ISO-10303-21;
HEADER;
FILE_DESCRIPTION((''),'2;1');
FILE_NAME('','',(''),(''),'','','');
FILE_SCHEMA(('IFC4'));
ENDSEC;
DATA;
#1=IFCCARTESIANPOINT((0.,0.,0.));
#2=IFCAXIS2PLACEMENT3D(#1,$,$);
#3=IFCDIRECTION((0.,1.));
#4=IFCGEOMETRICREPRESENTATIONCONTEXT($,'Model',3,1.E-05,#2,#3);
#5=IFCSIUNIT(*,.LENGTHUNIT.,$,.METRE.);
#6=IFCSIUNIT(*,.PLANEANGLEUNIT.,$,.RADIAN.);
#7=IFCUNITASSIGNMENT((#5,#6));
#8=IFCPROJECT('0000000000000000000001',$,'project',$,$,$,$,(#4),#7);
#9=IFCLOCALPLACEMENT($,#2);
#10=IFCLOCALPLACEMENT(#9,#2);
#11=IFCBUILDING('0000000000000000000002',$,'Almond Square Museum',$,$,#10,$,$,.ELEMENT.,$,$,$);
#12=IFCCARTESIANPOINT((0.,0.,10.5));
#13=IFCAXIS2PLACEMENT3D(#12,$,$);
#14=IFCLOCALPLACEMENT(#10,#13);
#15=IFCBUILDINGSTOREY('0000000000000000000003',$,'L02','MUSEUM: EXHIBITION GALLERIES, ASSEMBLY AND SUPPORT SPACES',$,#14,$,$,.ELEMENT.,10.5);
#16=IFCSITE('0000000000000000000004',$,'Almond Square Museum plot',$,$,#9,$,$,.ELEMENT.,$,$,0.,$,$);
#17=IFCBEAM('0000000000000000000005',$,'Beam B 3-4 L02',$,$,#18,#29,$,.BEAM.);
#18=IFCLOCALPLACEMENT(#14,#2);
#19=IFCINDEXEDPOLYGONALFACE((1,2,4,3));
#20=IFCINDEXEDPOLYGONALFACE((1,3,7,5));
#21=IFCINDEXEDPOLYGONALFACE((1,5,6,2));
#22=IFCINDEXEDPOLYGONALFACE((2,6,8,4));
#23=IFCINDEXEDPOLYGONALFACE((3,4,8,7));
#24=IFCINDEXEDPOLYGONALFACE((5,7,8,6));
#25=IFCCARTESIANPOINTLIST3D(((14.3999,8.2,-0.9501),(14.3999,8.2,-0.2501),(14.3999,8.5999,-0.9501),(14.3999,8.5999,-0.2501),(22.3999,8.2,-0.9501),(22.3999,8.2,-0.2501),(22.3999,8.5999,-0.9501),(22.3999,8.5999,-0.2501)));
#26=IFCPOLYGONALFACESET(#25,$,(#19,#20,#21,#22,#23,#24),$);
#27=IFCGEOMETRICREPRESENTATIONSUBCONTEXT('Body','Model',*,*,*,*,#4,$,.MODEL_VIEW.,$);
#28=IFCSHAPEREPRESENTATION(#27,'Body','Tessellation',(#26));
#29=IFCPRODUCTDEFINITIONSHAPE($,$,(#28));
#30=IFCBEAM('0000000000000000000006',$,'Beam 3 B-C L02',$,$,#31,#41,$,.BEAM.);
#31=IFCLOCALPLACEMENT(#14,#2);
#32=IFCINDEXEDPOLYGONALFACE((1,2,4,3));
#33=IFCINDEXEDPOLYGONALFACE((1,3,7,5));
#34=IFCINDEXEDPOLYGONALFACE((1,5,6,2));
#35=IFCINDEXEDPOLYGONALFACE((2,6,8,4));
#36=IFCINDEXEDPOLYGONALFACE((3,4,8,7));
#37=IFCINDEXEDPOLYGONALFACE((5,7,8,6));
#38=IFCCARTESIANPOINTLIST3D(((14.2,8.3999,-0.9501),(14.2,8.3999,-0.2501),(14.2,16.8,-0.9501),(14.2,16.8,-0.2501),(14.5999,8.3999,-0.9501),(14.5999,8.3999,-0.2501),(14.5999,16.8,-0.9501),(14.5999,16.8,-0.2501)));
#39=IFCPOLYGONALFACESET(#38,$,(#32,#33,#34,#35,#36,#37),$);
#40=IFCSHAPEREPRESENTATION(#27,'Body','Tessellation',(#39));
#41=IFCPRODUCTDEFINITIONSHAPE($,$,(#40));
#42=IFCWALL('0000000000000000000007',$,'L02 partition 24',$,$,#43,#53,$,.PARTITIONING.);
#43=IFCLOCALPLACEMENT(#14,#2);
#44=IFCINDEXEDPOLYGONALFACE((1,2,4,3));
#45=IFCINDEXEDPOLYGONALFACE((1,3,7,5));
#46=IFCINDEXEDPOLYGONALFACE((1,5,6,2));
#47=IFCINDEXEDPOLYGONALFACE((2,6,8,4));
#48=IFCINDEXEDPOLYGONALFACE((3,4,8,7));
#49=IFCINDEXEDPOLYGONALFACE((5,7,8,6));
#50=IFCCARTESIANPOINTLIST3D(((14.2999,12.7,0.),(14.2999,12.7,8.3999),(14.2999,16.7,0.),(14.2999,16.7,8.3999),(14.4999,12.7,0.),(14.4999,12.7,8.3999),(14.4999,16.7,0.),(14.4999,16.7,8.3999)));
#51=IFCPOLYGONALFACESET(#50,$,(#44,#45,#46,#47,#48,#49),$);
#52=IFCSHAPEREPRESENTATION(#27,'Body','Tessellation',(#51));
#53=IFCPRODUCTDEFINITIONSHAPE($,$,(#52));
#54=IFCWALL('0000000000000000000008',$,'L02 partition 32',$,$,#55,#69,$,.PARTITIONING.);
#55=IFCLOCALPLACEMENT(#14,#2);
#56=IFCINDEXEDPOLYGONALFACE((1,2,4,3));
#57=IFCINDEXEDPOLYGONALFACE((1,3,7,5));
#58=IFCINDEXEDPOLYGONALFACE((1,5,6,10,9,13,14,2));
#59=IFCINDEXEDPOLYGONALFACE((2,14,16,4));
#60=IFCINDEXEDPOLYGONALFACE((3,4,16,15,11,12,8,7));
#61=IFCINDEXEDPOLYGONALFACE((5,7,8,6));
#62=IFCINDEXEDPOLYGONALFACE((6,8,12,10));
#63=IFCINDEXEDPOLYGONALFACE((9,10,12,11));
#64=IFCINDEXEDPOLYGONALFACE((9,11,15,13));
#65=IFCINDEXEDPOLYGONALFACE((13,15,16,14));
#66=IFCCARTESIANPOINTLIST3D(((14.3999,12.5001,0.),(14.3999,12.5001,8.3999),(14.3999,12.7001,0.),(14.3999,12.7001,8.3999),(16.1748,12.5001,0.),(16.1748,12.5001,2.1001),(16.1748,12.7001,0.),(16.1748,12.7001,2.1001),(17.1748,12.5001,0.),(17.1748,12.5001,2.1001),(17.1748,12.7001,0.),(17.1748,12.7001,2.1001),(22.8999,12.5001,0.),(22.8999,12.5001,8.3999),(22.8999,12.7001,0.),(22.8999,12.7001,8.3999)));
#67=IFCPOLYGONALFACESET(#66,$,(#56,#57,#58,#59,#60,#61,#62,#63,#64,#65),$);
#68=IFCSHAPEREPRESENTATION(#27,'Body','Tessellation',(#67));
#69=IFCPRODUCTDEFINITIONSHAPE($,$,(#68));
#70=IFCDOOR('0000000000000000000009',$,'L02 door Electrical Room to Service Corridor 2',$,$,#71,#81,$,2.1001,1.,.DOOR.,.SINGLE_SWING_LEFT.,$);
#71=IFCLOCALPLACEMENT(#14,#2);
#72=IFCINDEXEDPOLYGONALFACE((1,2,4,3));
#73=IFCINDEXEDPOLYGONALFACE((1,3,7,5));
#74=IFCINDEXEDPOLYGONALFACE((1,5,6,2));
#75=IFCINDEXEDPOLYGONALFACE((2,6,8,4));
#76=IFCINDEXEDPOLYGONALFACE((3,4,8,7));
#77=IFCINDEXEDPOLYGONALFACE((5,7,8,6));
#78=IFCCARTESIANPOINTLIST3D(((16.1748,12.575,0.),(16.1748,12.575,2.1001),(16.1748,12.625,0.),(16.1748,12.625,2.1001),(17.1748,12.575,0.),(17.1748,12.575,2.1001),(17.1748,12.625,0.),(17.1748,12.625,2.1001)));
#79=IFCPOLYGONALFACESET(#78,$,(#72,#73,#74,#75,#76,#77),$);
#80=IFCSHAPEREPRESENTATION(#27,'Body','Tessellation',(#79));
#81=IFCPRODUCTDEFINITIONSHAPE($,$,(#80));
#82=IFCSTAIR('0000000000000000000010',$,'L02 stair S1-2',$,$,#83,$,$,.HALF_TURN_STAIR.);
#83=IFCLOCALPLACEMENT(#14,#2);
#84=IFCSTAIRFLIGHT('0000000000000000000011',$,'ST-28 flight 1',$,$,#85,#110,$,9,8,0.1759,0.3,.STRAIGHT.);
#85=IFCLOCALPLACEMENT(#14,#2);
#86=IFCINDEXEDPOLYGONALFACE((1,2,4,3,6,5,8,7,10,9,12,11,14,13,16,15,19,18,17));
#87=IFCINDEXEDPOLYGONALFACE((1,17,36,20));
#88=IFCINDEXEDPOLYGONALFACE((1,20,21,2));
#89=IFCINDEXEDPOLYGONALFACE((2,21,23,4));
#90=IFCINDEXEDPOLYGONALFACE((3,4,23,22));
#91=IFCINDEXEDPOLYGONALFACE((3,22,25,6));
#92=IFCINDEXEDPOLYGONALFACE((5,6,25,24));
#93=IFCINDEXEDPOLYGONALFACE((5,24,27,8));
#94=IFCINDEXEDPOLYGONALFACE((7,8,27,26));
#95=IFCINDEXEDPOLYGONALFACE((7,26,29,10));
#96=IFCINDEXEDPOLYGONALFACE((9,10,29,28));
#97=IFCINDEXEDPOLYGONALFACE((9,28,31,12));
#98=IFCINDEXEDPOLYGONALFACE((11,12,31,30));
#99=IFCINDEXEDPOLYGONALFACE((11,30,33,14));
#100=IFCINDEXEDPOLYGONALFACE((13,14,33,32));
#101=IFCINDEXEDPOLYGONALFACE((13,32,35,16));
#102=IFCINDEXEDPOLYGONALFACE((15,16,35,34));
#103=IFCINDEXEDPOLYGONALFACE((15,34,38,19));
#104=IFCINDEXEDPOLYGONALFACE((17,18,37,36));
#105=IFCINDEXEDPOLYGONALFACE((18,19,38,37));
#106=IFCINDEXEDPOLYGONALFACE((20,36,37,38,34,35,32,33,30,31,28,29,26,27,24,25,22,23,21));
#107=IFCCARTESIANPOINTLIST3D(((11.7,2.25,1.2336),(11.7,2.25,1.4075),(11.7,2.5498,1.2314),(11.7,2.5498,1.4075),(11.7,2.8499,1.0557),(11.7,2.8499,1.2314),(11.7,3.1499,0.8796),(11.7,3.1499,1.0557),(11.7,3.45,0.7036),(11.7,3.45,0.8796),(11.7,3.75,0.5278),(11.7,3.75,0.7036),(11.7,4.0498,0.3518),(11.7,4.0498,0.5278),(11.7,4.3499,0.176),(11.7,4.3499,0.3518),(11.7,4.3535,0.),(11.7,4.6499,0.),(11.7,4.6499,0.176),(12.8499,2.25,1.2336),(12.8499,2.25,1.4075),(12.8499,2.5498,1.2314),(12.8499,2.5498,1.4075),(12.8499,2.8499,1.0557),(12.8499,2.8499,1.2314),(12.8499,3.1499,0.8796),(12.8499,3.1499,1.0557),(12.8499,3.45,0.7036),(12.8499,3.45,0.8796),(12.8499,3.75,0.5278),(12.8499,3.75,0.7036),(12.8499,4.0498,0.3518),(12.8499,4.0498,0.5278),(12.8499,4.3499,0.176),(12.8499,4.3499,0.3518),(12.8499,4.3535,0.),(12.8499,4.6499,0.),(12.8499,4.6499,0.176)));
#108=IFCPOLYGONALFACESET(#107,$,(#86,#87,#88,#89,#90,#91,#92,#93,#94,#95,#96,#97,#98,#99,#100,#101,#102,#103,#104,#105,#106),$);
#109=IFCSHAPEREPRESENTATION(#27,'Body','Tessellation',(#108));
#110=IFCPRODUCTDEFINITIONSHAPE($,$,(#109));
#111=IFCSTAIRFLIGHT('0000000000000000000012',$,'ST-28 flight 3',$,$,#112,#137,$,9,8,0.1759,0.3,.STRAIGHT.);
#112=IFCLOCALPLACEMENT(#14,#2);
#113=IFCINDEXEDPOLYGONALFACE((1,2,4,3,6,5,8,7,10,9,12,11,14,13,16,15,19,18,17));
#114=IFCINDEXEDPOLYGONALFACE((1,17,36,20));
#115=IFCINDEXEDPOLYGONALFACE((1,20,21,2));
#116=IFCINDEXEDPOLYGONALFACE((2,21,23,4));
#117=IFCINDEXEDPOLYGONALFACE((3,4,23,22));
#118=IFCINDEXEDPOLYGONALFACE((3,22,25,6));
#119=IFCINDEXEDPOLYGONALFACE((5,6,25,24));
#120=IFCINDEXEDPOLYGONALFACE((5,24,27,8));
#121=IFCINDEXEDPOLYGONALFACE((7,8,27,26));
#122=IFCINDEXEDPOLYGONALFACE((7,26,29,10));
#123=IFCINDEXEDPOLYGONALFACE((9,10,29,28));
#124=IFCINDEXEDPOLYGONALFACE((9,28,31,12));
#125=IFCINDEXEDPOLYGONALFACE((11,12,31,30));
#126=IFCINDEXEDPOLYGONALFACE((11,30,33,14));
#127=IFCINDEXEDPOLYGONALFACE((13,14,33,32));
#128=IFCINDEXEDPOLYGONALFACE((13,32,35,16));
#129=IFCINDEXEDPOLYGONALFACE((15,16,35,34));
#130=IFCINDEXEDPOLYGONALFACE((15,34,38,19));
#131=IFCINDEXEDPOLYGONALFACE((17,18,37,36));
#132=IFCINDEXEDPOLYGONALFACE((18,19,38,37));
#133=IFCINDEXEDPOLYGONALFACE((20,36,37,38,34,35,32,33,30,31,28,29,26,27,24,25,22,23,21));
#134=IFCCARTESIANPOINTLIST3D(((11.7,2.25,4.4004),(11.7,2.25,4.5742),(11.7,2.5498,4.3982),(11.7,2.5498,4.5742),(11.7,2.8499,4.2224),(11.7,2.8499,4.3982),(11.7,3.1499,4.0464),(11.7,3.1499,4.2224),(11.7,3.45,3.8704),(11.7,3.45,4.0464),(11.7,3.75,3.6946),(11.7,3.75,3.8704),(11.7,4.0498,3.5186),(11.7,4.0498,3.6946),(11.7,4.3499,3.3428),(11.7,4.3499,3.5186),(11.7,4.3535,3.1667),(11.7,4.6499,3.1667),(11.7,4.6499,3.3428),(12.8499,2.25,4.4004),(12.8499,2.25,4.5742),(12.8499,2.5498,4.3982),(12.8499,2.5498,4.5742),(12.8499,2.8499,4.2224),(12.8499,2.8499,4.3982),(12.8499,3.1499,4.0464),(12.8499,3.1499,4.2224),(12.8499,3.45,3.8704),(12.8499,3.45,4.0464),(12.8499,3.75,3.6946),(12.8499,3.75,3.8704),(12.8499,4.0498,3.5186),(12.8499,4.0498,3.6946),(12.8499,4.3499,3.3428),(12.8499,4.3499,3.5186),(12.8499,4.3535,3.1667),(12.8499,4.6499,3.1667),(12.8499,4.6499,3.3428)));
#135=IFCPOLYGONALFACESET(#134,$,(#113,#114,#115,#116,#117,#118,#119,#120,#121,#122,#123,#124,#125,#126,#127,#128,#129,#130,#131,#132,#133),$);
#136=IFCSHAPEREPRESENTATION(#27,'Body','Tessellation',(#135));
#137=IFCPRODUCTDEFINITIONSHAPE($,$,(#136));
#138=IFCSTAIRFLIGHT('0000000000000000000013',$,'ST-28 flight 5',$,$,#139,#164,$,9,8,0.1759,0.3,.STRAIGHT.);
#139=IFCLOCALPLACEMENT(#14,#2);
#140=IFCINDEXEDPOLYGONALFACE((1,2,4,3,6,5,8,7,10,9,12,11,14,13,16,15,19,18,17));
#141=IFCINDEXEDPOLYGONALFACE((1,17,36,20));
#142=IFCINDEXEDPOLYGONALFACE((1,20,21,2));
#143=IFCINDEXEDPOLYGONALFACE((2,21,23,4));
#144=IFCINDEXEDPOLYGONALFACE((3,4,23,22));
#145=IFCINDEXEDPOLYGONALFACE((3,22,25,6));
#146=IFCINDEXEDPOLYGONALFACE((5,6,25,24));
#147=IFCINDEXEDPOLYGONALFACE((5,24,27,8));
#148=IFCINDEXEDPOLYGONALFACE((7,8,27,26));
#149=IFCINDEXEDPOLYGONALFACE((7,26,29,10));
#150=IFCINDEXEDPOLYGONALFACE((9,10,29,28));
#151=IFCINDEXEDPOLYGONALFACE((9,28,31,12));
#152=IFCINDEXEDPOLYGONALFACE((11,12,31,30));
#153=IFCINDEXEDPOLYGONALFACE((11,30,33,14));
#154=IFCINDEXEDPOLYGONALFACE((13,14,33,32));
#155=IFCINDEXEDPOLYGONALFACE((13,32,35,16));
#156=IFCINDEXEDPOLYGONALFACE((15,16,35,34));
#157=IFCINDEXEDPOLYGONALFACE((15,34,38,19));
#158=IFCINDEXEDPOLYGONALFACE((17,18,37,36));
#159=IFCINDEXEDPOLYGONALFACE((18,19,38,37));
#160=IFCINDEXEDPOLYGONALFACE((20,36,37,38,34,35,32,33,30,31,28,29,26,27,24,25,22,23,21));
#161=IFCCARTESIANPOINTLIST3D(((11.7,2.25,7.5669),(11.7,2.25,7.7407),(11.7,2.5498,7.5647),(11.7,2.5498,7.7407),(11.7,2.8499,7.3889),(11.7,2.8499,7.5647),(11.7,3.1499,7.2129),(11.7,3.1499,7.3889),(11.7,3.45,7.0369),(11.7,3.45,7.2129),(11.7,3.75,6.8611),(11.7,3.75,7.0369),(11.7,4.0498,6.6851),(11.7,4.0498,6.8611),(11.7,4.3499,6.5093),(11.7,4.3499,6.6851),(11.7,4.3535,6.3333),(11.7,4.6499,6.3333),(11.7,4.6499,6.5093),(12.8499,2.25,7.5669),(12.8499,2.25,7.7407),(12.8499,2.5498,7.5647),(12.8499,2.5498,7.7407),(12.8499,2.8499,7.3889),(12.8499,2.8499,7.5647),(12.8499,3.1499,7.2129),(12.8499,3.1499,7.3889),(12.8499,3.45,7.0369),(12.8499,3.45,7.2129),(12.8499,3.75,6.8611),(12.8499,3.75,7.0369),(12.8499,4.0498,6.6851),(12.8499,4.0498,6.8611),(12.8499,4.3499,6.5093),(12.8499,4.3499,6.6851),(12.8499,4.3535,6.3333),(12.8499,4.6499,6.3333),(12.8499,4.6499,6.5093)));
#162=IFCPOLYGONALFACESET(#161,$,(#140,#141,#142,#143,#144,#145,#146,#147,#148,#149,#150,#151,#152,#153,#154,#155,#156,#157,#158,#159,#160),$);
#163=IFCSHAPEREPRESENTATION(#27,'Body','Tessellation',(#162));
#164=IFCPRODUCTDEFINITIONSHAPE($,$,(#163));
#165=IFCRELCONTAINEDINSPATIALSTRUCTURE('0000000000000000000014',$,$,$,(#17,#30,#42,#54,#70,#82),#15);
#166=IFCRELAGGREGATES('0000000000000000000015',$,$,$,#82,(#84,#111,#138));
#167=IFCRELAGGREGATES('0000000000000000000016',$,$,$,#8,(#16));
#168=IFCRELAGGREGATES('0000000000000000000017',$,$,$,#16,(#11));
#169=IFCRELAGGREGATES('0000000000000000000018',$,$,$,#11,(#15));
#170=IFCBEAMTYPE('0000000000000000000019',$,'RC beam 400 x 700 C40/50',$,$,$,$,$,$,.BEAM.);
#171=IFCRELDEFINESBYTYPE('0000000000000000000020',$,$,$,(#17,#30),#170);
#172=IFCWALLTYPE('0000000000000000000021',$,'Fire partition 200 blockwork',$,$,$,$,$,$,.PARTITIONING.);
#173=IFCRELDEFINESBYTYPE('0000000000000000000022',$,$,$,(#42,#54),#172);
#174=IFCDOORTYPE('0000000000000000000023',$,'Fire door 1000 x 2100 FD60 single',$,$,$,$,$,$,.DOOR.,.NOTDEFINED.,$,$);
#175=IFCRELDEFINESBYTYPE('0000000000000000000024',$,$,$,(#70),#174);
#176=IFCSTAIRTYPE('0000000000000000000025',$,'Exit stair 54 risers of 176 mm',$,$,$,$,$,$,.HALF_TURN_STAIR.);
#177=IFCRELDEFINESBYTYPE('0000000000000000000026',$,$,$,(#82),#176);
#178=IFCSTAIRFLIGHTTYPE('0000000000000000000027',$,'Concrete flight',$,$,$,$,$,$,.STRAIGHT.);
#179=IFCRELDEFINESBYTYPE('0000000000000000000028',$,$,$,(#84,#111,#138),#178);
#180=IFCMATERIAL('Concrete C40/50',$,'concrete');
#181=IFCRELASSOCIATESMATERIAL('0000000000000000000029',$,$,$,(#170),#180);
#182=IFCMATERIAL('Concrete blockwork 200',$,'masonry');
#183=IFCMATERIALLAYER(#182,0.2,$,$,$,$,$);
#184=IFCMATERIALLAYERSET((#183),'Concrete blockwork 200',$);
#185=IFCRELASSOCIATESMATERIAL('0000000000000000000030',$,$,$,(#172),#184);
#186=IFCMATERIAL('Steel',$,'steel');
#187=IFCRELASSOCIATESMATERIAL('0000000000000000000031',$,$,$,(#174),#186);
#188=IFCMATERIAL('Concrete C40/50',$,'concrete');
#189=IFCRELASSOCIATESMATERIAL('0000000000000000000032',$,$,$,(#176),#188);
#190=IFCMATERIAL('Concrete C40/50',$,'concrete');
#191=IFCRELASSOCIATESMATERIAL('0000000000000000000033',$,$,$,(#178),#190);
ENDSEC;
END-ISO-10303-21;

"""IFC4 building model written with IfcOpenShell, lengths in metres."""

from ifc_helpers import new_model, si_unit, direction, frame, frame_2d, origin, origin_2d, place, context, subcontext, project, spatial, polyline, rectangle, outline, extrude, material, layer, layer_set, material_profile, profile_set, type_object, element, fill, aggregate, save


model = new_model("IFC4")

# Units and contexts
model_context = context("Model", 3, precision=1e-05, world=origin(), true_north=direction((0.0, 1.0)))
body_context = subcontext(model_context, "Body", "Model", "MODEL_VIEW")
ifc_project = project(units=[si_unit("LENGTHUNIT", "METRE"), si_unit("PLANEANGLEUNIT", "RADIAN")], contexts=[model_context])

# Site, building, storey
site_placement = place(None, origin())
site = spatial("IfcSite", under=ifc_project, at=site_placement, Name="Almond Square Museum plot", CompositionType="ELEMENT", RefElevation=0.0)
building_placement = place(site_placement, origin())
building = spatial("IfcBuilding", under=site, at=building_placement, Name="Almond Square Museum", CompositionType="ELEMENT")
storey_placement = place(building_placement, frame((0.0, 0.0, 10.5)))
storey = spatial("IfcBuildingStorey", under=building, at=storey_placement, Name="L02", Description="MUSEUM: EXHIBITION GALLERIES, ASSEMBLY AND SUPPORT SPACES", CompositionType="ELEMENT", Elevation=10.5)

# Beams
ifc_material_1 = material(Name="Concrete C40/50", Category="concrete")
ifc_material_profile = material_profile(ifc_material_1, rectangle(XDim=0.3999, YDim=0.7, at=origin_2d()))
ifc_profile_set = profile_set([ifc_material_profile], Name="Concrete C40/50")
beam_type = type_object("IfcBeamType", Name="RC beam 400 x 700 C40/50", PredefinedType="BEAM", material=ifc_profile_set)
beam_1_placement = place(storey_placement, frame((14.3999, 8.3999, -0.6001), z_axis=(1.0, 0.0, 0.0), x_axis=(0.0, 1.0, 0.0)))
element("IfcBeam", 1, at=beam_1_placement, inside=storey, type_object=beam_type, Name="Beam B 3-4 L02", PredefinedType="BEAM", context=body_context, shape_type="SweptSolid", body=[
    extrude(rectangle(XDim=0.3999, YDim=0.7, at=origin_2d()), origin(), (0.0, 0.0, 1.0), 8.0),
])
beam_2_placement = place(storey_placement, frame((14.3999, 8.3999, -0.6001), z_axis=(0.0, 1.0, 0.0), x_axis=(-1.0, 0.0, 0.0)))
element("IfcBeam", 2, at=beam_2_placement, inside=storey, type_object=beam_type, Name="Beam 3 B-C L02", PredefinedType="BEAM", context=body_context, shape_type="SweptSolid", body=[
    extrude(rectangle(XDim=0.3999, YDim=0.7, at=origin_2d()), origin(), (0.0, 0.0, 1.0), 8.4001),
])

# Wall
ifc_material_2 = material(Name="Concrete blockwork 200", Category="masonry")
ifc_layer = layer(ifc_material_2, 0.2)
ifc_layer_set = layer_set([ifc_layer], Name="Concrete blockwork 200")
wall_type = type_object("IfcWallType", Name="Fire partition 200 blockwork", PredefinedType="PARTITIONING", material=ifc_layer_set)
wall_1_placement = place(storey_placement, frame((14.3999, 12.7, 0.0), z_axis=(0.0, 0.0, 1.0), x_axis=(0.0, 1.0, 0.0)))
element("IfcWall", 3, at=wall_1_placement, inside=storey, type_object=wall_type, Name="L02 partition 24", PredefinedType="PARTITIONING", context=body_context, shape_type="SweptSolid", body=[
    extrude(rectangle(XDim=4.0, YDim=0.2, at=frame_2d((2.0, 0.0))), origin(), (0.0, 0.0, 1.0), 8.3999),
])

# Wall, opening, door
wall_2_placement = place(storey_placement, frame((14.3999, 12.6001, 0.0), z_axis=(0.0, 0.0, 1.0), x_axis=(1.0, 0.0, 0.0)))
wall_2 = element("IfcWall", 4, at=wall_2_placement, inside=storey, type_object=wall_type, Name="L02 partition 32", PredefinedType="PARTITIONING", context=body_context, shape_type="SweptSolid", body=[
    extrude(rectangle(XDim=8.5, YDim=0.2, at=frame_2d((4.25, 0.0))), origin(), (0.0, 0.0, 1.0), 8.3999),
])
opening_placement = place(wall_2_placement, frame((1.7749, 0.0, 0.0)))
opening = element("IfcOpeningElement", 5, at=opening_placement, cuts=wall_2, PredefinedType="OPENING", context=body_context, shape_type="SweptSolid", body=[
    extrude(rectangle(XDim=1.0, YDim=2.1001, at=frame_2d((0.5, 1.05))), frame((0.0, 0.1099, 0.0), z_axis=(0.0, -1.0, 0.0), x_axis=(1.0, 0.0, 0.0)), (0.0, 0.0, 1.0), 0.22),
])
ifc_material_3 = material(Name="Steel", Category="steel")
door_type = type_object("IfcDoorType", Name="Fire door 1000 x 2100 FD60 single", OperationType="NOTDEFINED", PredefinedType="DOOR", material=ifc_material_3)
door_placement = place(opening_placement, origin())
door = element("IfcDoor", 6, at=door_placement, inside=storey, type_object=door_type, Name="L02 door Electrical Room to Service Corridor 2", OperationType="SINGLE_SWING_LEFT", OverallHeight=2.1001, OverallWidth=1.0, PredefinedType="DOOR", context=body_context, shape_type="SweptSolid", body=[
    extrude(rectangle(XDim=1.0, YDim=2.1001, at=frame_2d((0.5, 1.05))), frame((0.0, 0.0249, 0.0), z_axis=(0.0, -1.0, 0.0), x_axis=(1.0, 0.0, 0.0)), (0.0, 0.0, 1.0), 0.05),
])
fill(opening, door)

# Stair, stair flights
ifc_material_4 = material(Name="Concrete C40/50", Category="concrete")
stair_type = type_object("IfcStairType", Name="Exit stair 54 risers of 176 mm", PredefinedType="HALF_TURN_STAIR", material=ifc_material_4)
stair_placement = place(storey_placement, origin())
stair = element("IfcStair", 7, at=stair_placement, inside=storey, type_object=stair_type, Name="L02 stair S1-2", PredefinedType="HALF_TURN_STAIR")
ifc_material_5 = material(Name="Concrete C40/50", Category="concrete")
stair_flight_type = type_object("IfcStairFlightType", Name="Concrete flight", PredefinedType="STRAIGHT", material=ifc_material_5)
stair_flight_1_placement = place(storey_placement, frame((12.2749, 4.6499, 0.0), z_axis=(0.0, 0.0, 1.0), x_axis=(0.0, -1.0, 0.0)))
stair_flight_1 = element("IfcStairFlight", 8, at=stair_flight_1_placement, type_object=stair_flight_type, Name="ST-28 flight 1", NumberOfRisers=9, NumberOfTreads=8, PredefinedType="STRAIGHT", RiserHeight=0.1759, TreadLength=0.3, context=body_context, shape_type="SweptSolid", body=[
    extrude(outline(polyline([(0.0, 0.0), (0.0, 0.176), (0.3, 0.176), (0.3, 0.3518), (0.6001, 0.3518), (0.6001, 0.5278), (0.8999, 0.5278), (0.8999, 0.7036), (1.2, 0.7036), (1.2, 0.8796), (1.5, 0.8796), (1.5, 1.0557), (1.8, 1.0557), (1.8, 1.2314), (2.1001, 1.2314), (2.1001, 1.4075), (2.3999, 1.4075), (2.3999, 1.5833), (2.3999, 1.2336), (0.2964, 0.0), (0.0, 0.0)])), frame((0.0, 0.575, 0.0), z_axis=(0.0, -1.0, 0.0), x_axis=(1.0, 0.0, 0.0)), (0.0, 0.0, 1.0), 1.1499),
])
stair_flight_2_placement = place(storey_placement, frame((12.2749, 4.6499, 3.1667), z_axis=(0.0, 0.0, 1.0), x_axis=(0.0, -1.0, 0.0)))
stair_flight_2 = element("IfcStairFlight", 9, at=stair_flight_2_placement, type_object=stair_flight_type, Name="ST-28 flight 3", NumberOfRisers=9, NumberOfTreads=8, PredefinedType="STRAIGHT", RiserHeight=0.1759, TreadLength=0.3, context=body_context, shape_type="SweptSolid", body=[
    extrude(outline(polyline([(0.0, 0.0), (0.0, 0.176), (0.3, 0.176), (0.3, 0.3518), (0.6001, 0.3518), (0.6001, 0.5278), (0.8999, 0.5278), (0.8999, 0.7036), (1.2, 0.7036), (1.2, 0.8796), (1.5, 0.8796), (1.5, 1.0557), (1.8, 1.0557), (1.8, 1.2314), (2.1001, 1.2314), (2.1001, 1.4075), (2.3999, 1.4075), (2.3999, 1.5833), (2.3999, 1.2336), (0.2964, 0.0), (0.0, 0.0)])), frame((0.0, 0.575, 0.0), z_axis=(0.0, -1.0, 0.0), x_axis=(1.0, 0.0, 0.0)), (0.0, 0.0, 1.0), 1.1499),
])
stair_flight_3_placement = place(storey_placement, frame((12.2749, 4.6499, 6.3333), z_axis=(0.0, 0.0, 1.0), x_axis=(0.0, -1.0, 0.0)))
stair_flight_3 = element("IfcStairFlight", 10, at=stair_flight_3_placement, type_object=stair_flight_type, Name="ST-28 flight 5", NumberOfRisers=9, NumberOfTreads=8, PredefinedType="STRAIGHT", RiserHeight=0.1759, TreadLength=0.3, context=body_context, shape_type="SweptSolid", body=[
    extrude(outline(polyline([(0.0, 0.0), (0.0, 0.176), (0.3, 0.176), (0.3, 0.3518), (0.6001, 0.3518), (0.6001, 0.5278), (0.8999, 0.5278), (0.8999, 0.7036), (1.2, 0.7036), (1.2, 0.8796), (1.5, 0.8796), (1.5, 1.0557), (1.8, 1.0557), (1.8, 1.2314), (2.1001, 1.2314), (2.1001, 1.4075), (2.3999, 1.4075), (2.3999, 1.5833), (2.3999, 1.2336), (0.2964, 0.0), (0.0, 0.0)])), frame((0.0, 0.575, 0.0), z_axis=(0.0, -1.0, 0.0), x_axis=(1.0, 0.0, 0.0)), (0.0, 0.0, 1.0), 1.1499),
])
aggregate(stair, [stair_flight_1, stair_flight_2, stair_flight_3])

save(model, "model.ifc")
